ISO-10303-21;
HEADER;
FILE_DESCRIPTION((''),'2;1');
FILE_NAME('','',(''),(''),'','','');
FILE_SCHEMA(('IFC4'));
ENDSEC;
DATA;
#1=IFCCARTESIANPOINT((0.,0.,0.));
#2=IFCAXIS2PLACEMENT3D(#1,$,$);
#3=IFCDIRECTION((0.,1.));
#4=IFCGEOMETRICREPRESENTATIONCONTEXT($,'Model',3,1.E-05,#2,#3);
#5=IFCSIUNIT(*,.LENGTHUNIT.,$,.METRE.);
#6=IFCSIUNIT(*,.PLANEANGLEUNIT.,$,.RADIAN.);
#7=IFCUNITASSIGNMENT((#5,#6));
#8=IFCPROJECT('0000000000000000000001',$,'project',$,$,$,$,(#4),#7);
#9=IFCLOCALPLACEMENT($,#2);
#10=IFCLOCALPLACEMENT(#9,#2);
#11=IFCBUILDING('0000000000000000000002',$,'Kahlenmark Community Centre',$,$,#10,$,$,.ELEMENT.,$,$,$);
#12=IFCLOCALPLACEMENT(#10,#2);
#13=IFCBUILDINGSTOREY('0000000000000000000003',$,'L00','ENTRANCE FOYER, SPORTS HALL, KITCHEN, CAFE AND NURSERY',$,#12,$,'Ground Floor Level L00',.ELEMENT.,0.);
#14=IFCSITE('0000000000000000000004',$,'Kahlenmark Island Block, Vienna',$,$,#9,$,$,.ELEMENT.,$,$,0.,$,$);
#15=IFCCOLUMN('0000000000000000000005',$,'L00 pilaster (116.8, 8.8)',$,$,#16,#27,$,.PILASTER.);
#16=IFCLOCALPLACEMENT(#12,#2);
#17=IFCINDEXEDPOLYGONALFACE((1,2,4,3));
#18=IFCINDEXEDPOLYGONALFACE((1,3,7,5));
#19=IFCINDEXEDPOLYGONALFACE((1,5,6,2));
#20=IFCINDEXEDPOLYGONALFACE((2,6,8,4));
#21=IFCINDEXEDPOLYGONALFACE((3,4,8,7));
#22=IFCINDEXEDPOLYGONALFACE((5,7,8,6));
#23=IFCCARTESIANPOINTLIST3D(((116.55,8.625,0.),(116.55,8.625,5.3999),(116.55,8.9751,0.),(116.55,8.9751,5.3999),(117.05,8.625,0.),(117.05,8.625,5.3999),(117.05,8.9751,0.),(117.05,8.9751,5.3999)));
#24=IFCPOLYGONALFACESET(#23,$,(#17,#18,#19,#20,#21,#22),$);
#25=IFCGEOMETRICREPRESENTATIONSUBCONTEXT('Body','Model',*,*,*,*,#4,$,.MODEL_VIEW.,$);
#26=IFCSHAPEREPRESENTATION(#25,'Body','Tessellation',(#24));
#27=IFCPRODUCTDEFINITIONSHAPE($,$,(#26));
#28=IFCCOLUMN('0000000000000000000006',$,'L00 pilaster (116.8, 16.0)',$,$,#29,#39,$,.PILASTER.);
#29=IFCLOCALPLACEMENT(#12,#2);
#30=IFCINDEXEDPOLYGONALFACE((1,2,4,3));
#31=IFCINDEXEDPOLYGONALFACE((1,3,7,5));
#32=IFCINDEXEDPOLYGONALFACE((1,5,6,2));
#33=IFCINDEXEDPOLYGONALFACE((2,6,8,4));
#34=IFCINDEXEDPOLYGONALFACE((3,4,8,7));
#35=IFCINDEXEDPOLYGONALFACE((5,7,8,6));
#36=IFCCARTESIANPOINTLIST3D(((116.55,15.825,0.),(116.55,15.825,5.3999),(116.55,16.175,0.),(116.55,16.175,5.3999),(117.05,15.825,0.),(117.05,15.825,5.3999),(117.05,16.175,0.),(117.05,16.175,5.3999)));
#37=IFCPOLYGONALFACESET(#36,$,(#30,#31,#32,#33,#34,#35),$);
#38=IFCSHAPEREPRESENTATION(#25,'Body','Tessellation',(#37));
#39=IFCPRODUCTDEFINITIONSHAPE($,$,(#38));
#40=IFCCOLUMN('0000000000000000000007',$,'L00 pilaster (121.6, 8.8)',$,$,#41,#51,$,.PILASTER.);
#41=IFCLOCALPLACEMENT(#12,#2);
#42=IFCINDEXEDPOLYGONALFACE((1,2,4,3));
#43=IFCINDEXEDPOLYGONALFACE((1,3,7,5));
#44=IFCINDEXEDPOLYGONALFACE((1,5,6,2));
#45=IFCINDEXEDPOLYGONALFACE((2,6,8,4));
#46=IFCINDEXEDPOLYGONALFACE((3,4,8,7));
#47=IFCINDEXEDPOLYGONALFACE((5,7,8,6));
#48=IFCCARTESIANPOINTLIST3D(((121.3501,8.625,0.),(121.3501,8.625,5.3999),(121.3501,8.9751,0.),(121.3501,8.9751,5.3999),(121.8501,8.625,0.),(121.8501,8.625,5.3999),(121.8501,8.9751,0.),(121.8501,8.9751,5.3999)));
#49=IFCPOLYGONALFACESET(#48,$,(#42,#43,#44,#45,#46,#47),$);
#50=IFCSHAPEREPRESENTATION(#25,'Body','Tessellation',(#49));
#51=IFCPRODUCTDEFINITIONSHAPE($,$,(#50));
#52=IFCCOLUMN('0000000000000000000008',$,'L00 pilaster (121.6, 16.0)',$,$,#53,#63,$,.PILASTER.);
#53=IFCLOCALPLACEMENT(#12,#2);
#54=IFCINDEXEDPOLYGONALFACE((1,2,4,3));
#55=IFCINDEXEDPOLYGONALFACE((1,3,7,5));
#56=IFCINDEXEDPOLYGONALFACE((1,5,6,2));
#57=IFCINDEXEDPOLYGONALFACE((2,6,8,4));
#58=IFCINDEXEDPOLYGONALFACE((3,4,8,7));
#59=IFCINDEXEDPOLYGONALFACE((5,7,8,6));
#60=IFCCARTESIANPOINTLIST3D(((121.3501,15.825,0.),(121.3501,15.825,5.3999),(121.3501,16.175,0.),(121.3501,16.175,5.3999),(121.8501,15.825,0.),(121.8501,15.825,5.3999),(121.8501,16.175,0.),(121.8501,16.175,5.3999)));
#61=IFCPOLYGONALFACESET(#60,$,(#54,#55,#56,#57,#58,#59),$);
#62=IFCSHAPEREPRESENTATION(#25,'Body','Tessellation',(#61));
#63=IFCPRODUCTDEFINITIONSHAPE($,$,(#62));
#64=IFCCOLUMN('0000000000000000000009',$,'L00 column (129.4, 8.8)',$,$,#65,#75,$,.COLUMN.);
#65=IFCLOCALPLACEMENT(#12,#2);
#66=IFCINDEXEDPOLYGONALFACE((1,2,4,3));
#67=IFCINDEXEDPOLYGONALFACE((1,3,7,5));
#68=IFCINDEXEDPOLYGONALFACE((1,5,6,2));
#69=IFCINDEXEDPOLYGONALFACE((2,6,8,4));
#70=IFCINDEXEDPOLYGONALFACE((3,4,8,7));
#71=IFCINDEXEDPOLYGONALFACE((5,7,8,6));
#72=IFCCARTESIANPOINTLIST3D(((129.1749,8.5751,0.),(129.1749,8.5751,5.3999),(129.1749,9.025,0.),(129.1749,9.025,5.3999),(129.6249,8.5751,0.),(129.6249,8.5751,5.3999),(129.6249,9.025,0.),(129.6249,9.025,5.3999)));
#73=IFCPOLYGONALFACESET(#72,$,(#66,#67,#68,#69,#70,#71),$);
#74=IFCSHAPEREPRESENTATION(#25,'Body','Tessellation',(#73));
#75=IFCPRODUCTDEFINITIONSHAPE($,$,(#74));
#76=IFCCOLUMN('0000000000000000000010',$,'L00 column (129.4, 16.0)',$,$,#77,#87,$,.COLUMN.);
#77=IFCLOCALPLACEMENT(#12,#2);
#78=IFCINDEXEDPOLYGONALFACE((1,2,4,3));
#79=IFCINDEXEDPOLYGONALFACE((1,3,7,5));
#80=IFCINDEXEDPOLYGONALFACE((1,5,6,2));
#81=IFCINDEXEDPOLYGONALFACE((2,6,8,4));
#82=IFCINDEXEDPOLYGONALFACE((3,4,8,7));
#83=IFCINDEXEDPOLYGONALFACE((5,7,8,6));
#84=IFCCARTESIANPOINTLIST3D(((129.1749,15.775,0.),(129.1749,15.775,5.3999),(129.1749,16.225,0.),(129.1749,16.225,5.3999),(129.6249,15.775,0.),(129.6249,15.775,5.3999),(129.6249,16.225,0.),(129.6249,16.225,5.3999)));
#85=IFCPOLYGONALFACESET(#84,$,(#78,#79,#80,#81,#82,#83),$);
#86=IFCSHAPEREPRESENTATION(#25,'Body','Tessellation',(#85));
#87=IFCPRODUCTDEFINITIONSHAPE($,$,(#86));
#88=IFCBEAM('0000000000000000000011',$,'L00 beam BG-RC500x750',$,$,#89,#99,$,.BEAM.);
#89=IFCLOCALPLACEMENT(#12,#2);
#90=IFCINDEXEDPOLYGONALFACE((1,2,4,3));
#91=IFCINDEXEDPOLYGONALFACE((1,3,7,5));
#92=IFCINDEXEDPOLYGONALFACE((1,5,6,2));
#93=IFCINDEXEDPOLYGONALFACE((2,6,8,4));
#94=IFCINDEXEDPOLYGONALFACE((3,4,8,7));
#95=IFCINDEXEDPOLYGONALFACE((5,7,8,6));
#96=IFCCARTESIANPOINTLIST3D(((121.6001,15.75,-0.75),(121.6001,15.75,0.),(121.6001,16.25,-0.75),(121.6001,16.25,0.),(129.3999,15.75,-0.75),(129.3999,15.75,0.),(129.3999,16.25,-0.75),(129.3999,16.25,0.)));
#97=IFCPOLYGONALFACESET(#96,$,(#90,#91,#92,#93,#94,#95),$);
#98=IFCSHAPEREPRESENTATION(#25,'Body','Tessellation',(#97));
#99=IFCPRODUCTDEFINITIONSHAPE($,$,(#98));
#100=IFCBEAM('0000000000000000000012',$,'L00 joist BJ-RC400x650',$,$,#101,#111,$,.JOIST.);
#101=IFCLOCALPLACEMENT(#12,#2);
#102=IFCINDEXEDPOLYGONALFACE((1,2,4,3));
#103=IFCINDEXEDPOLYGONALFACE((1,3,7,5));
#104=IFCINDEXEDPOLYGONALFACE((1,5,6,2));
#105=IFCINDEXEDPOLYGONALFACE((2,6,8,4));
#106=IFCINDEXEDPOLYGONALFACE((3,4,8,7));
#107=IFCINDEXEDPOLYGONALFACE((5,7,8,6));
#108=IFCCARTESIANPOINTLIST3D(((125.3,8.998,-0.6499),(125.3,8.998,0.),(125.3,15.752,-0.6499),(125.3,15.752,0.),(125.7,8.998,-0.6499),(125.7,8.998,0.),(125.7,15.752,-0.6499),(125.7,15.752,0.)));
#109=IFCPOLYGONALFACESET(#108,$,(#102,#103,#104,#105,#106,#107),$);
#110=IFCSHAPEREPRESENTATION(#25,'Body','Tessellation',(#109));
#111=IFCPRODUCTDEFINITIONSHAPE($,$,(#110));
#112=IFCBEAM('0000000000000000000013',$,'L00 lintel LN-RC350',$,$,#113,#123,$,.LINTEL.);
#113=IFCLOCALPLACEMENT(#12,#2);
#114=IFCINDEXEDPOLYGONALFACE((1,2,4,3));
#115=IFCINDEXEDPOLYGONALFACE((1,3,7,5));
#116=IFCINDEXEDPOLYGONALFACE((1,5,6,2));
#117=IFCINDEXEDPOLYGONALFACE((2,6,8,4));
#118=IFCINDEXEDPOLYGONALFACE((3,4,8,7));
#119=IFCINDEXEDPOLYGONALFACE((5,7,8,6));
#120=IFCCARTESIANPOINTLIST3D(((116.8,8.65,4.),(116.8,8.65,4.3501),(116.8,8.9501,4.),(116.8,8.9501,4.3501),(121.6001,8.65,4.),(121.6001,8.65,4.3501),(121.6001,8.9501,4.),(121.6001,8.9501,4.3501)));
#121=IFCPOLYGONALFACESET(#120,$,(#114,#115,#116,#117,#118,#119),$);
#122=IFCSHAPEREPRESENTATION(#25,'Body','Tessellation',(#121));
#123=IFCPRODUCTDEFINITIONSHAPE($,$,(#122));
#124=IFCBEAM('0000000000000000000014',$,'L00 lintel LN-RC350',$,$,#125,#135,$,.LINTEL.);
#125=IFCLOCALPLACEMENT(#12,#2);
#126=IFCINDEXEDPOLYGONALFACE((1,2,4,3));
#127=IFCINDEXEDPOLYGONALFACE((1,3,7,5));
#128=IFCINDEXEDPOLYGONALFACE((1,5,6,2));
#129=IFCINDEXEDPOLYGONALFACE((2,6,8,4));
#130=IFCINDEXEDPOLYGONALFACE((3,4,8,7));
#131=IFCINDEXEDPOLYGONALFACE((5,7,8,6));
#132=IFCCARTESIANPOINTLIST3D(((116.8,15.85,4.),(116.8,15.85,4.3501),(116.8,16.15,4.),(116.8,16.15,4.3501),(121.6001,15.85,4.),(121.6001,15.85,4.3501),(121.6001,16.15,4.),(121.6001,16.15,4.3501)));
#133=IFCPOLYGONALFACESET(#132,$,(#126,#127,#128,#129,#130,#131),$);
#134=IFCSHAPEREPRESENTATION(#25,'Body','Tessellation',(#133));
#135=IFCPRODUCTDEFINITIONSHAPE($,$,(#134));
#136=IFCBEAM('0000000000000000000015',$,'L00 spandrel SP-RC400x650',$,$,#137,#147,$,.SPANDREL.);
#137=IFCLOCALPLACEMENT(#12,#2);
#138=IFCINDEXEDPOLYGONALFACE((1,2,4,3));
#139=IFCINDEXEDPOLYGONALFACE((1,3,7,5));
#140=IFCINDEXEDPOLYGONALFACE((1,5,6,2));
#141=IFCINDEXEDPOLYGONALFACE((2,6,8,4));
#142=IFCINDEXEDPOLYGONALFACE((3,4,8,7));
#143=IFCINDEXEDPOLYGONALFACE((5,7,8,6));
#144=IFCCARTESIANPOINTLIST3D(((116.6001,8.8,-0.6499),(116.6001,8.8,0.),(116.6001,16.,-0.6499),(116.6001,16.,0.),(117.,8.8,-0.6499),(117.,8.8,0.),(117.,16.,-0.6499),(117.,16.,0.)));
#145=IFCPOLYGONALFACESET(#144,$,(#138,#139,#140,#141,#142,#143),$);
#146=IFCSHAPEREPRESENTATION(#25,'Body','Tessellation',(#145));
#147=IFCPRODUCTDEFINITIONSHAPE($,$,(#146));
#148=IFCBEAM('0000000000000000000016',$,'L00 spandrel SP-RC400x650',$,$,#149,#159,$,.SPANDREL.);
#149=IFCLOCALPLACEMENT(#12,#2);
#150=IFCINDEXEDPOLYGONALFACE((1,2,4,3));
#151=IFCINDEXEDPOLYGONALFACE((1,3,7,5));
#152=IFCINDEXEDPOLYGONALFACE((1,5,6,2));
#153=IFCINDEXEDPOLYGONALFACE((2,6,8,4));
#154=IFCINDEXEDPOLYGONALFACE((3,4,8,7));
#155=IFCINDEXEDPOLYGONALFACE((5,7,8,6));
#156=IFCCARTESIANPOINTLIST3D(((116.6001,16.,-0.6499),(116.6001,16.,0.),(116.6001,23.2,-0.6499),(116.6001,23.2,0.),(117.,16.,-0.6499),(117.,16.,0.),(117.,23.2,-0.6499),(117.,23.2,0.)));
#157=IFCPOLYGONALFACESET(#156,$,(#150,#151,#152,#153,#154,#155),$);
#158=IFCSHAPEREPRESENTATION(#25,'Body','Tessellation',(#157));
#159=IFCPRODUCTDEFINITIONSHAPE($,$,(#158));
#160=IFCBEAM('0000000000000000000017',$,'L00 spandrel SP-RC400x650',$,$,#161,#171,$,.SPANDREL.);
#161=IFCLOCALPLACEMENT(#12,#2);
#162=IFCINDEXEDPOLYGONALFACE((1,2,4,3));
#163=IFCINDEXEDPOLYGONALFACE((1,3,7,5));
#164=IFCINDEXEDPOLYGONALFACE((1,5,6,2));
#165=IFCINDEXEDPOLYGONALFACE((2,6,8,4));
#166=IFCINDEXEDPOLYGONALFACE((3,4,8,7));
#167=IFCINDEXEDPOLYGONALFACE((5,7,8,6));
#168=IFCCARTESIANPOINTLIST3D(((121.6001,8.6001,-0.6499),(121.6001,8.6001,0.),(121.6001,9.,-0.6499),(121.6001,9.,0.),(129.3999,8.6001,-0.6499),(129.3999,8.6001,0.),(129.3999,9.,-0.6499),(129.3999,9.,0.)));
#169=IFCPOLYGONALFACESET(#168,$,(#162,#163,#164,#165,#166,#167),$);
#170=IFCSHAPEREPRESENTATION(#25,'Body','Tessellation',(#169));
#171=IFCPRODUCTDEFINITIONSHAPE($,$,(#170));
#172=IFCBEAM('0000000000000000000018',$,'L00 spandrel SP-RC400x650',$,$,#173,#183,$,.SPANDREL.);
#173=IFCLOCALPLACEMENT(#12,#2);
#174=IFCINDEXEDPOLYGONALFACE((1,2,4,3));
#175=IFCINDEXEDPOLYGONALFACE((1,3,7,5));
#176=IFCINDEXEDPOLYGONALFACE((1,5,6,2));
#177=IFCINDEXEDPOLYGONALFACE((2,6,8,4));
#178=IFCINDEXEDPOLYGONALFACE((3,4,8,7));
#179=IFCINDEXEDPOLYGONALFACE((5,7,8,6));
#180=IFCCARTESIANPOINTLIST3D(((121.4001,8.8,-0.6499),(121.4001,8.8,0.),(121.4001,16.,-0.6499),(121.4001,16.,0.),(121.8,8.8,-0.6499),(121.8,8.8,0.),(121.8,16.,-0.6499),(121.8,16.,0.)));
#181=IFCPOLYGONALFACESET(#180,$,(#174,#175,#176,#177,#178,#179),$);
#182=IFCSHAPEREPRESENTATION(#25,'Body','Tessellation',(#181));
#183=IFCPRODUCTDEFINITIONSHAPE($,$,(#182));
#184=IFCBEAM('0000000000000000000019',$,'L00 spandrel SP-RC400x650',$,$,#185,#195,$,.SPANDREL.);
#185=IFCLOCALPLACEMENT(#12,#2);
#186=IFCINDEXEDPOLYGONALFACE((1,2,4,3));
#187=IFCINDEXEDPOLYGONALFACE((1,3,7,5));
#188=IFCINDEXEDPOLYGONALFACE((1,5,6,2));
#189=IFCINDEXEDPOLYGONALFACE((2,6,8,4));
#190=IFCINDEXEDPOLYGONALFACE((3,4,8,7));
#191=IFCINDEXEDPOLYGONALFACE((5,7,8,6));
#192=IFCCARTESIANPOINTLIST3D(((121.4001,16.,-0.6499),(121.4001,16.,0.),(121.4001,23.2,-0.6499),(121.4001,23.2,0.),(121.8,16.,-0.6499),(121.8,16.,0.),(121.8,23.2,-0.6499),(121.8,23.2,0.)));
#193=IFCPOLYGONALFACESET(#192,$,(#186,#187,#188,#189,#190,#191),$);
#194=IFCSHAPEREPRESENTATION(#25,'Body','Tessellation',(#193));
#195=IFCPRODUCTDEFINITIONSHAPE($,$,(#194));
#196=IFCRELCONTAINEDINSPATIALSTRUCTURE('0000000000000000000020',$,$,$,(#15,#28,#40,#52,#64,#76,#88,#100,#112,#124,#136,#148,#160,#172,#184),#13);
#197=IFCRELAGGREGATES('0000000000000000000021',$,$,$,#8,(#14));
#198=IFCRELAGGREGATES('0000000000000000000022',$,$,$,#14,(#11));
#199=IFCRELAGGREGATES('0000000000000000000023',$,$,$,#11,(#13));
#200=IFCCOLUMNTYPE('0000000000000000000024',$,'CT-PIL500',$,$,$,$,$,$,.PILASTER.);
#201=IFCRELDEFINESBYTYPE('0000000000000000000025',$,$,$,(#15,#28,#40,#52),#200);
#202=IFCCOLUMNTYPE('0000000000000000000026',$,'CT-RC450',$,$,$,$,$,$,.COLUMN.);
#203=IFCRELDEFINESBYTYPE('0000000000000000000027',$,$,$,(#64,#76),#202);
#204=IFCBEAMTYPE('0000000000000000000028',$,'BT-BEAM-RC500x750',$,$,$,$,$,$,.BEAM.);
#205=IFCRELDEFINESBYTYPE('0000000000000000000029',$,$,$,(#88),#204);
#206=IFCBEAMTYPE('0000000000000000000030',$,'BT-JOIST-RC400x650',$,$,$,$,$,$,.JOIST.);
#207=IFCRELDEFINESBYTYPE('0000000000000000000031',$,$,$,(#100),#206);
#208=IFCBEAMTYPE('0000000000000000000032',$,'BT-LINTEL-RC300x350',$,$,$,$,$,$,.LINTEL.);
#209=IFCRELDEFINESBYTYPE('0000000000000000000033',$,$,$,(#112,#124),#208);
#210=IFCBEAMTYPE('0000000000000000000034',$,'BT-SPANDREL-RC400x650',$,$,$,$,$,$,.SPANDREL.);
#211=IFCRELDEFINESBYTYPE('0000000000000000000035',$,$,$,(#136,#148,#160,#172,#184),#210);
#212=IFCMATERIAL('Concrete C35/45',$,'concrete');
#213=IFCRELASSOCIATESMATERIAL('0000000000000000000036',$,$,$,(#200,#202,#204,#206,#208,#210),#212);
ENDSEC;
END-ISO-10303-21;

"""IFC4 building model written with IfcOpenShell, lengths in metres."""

from ifc_helpers import new_model, si_unit, direction, frame, origin, origin_2d, place, context, subcontext, project, spatial, rectangle, extrude, material, material_profile, profile_set, type_object, element, save


model = new_model("IFC4")

# Units and contexts
model_context = context("Model", 3, precision=1e-05, world=origin(), true_north=direction((0.0, 1.0)))
body_context = subcontext(model_context, "Body", "Model", "MODEL_VIEW")
ifc_project = project(units=[si_unit("LENGTHUNIT", "METRE"), si_unit("PLANEANGLEUNIT", "RADIAN")], contexts=[model_context])

# Site, building, storey
site_placement = place(None, origin())
site = spatial("IfcSite", under=ifc_project, at=site_placement, Name="Kahlenmark Island Block, Vienna", CompositionType="ELEMENT", RefElevation=0.0)
building_placement = place(site_placement, origin())
building = spatial("IfcBuilding", under=site, at=building_placement, Name="Kahlenmark Community Centre", CompositionType="ELEMENT")
storey_placement = place(building_placement, origin())
storey = spatial("IfcBuildingStorey", under=building, at=storey_placement, Name="L00", Description="ENTRANCE FOYER, SPORTS HALL, KITCHEN, CAFE AND NURSERY", LongName="Ground Floor Level L00", CompositionType="ELEMENT", Elevation=0.0)

# Columns
ifc_material_1 = material(Name="Concrete C35/45", Category="concrete")
ifc_material_profile_1 = material_profile(ifc_material_1, rectangle(XDim=0.5, YDim=0.3501, at=origin_2d()), Name="RC 500x350")
ifc_profile_set_1 = profile_set([ifc_material_profile_1], Name="Concrete C35/45")
column_type_1 = type_object("IfcColumnType", Name="CT-PIL500", PredefinedType="PILASTER", material=ifc_profile_set_1)
for number, where, z_axis, x_axis, name in (
    (1, (116.8, 8.8, 0.0), (0.0, 0.0, 1.0), (1.0, 0.0, 0.0), "L00 pilaster (116.8, 8.8)"),
    (2, (116.8, 16.0, 0.0), (0.0, 0.0, 1.0), (1.0, 0.0, 0.0), "L00 pilaster (116.8, 16.0)"),
    (3, (121.6001, 8.8, 0.0), (0.0, 0.0, 1.0), (1.0, 0.0, 0.0), "L00 pilaster (121.6, 8.8)"),
    (4, (121.6001, 16.0, 0.0), (0.0, 0.0, 1.0), (1.0, 0.0, 0.0), "L00 pilaster (121.6, 16.0)"),
):
    element("IfcColumn", number, at=place(storey_placement, frame(where, z_axis=z_axis, x_axis=x_axis)), inside=storey, type_object=column_type_1, Name=name, PredefinedType="PILASTER", context=body_context, shape_type="SweptSolid", body=[
        extrude(rectangle(XDim=0.5, YDim=0.3501, at=origin_2d()), origin(), (0.0, 0.0, 1.0), 5.3999),
    ])
ifc_material_profile_2 = material_profile(ifc_material_1, rectangle(XDim=0.45, YDim=0.45, at=origin_2d()), Name="RC 450x450")
ifc_profile_set_2 = profile_set([ifc_material_profile_2], Name="Concrete C35/45")
column_type_2 = type_object("IfcColumnType", Name="CT-RC450", PredefinedType="COLUMN", material=ifc_profile_set_2)
for number, where, z_axis, x_axis, name in (
    (5, (129.3999, 8.8, 0.0), (0.0, 0.0, 1.0), (1.0, 0.0, 0.0), "L00 column (129.4, 8.8)"),
    (6, (129.3999, 16.0, 0.0), (0.0, 0.0, 1.0), (1.0, 0.0, 0.0), "L00 column (129.4, 16.0)"),
):
    element("IfcColumn", number, at=place(storey_placement, frame(where, z_axis=z_axis, x_axis=x_axis)), inside=storey, type_object=column_type_2, Name=name, PredefinedType="COLUMN", context=body_context, shape_type="SweptSolid", body=[
        extrude(rectangle(XDim=0.45, YDim=0.45, at=origin_2d()), origin(), (0.0, 0.0, 1.0), 5.3999),
    ])

# Beams
ifc_material_profile_3 = material_profile(ifc_material_1, rectangle(XDim=0.5, YDim=0.75, at=origin_2d()), Name="RC 500x750")
ifc_profile_set_3 = profile_set([ifc_material_profile_3], Name="Concrete C35/45")
beam_type_1 = type_object("IfcBeamType", Name="BT-BEAM-RC500x750", PredefinedType="BEAM", material=ifc_profile_set_3)
beam_1_placement = place(storey_placement, frame((121.6001, 16.0, -0.375), z_axis=(1.0, 0.0, 0.0), x_axis=(0.0, 1.0, 0.0)))
element("IfcBeam", 7, at=beam_1_placement, inside=storey, type_object=beam_type_1, Name="L00 beam BG-RC500x750", PredefinedType="BEAM", context=body_context, shape_type="SweptSolid", body=[
    extrude(rectangle(XDim=0.5, YDim=0.75, at=origin_2d()), origin(), (0.0, 0.0, 1.0), 7.7998),
])
ifc_material_profile_4 = material_profile(ifc_material_1, rectangle(XDim=0.3999, YDim=0.6499, at=origin_2d()), Name="RC 400x650")
ifc_profile_set_4 = profile_set([ifc_material_profile_4], Name="Concrete C35/45")
beam_type_2 = type_object("IfcBeamType", Name="BT-JOIST-RC400x650", PredefinedType="JOIST", material=ifc_profile_set_4)
beam_2_placement = place(storey_placement, frame((125.5, 8.998, -0.325), z_axis=(0.0, 1.0, 0.0), x_axis=(-1.0, 0.0, 0.0)))
element("IfcBeam", 8, at=beam_2_placement, inside=storey, type_object=beam_type_2, Name="L00 joist BJ-RC400x650", PredefinedType="JOIST", context=body_context, shape_type="SweptSolid", body=[
    extrude(rectangle(XDim=0.3999, YDim=0.6499, at=origin_2d()), origin(), (0.0, 0.0, 1.0), 6.7539),
])
ifc_material_profile_5 = material_profile(ifc_material_1, rectangle(XDim=0.3, YDim=0.3501, at=origin_2d()), Name="RC 300x350")
ifc_profile_set_5 = profile_set([ifc_material_profile_5], Name="Concrete C35/45")
beam_type_3 = type_object("IfcBeamType", Name="BT-LINTEL-RC300x350", PredefinedType="LINTEL", material=ifc_profile_set_5)
for number, where, z_axis, x_axis, name in (
    (9, (116.8, 8.8, 4.175), (1.0, 0.0, 0.0), (0.0, 1.0, 0.0), "L00 lintel LN-RC350"),
    (10, (116.8, 16.0, 4.175), (1.0, 0.0, 0.0), (0.0, 1.0, 0.0), "L00 lintel LN-RC350"),
):
    element("IfcBeam", number, at=place(storey_placement, frame(where, z_axis=z_axis, x_axis=x_axis)), inside=storey, type_object=beam_type_3, Name=name, PredefinedType="LINTEL", context=body_context, shape_type="SweptSolid", body=[
        extrude(rectangle(XDim=0.3, YDim=0.3501, at=origin_2d()), origin(), (0.0, 0.0, 1.0), 4.8),
    ])
ifc_material_profile_6 = material_profile(ifc_material_1, rectangle(XDim=0.3999, YDim=0.6499, at=origin_2d()), Name="RC 400x650")
ifc_profile_set_6 = profile_set([ifc_material_profile_6], Name="Concrete C35/45")
beam_type_4 = type_object("IfcBeamType", Name="BT-SPANDREL-RC400x650", PredefinedType="SPANDREL", material=ifc_profile_set_6)
for number, where, z_axis, x_axis, name in (
    (11, (116.8, 8.8, -0.325), (0.0, 1.0, 0.0), (-1.0, 0.0, 0.0), "L00 spandrel SP-RC400x650"),
    (12, (116.8, 16.0, -0.325), (0.0, 1.0, 0.0), (-1.0, 0.0, 0.0), "L00 spandrel SP-RC400x650"),
):
    element("IfcBeam", number, at=place(storey_placement, frame(where, z_axis=z_axis, x_axis=x_axis)), inside=storey, type_object=beam_type_4, Name=name, PredefinedType="SPANDREL", context=body_context, shape_type="SweptSolid", body=[
        extrude(rectangle(XDim=0.3999, YDim=0.6499, at=origin_2d()), origin(), (0.0, 0.0, 1.0), 7.2),
    ])
beam_3_placement = place(storey_placement, frame((121.6001, 8.8, -0.325), z_axis=(1.0, 0.0, 0.0), x_axis=(0.0, 1.0, 0.0)))
element("IfcBeam", 13, at=beam_3_placement, inside=storey, type_object=beam_type_4, Name="L00 spandrel SP-RC400x650", PredefinedType="SPANDREL", context=body_context, shape_type="SweptSolid", body=[
    extrude(rectangle(XDim=0.3999, YDim=0.6499, at=origin_2d()), origin(), (0.0, 0.0, 1.0), 7.7998),
])
for number, where, z_axis, x_axis, name in (
    (14, (121.6001, 8.8, -0.325), (0.0, 1.0, 0.0), (-1.0, 0.0, 0.0), "L00 spandrel SP-RC400x650"),
    (15, (121.6001, 16.0, -0.325), (0.0, 1.0, 0.0), (-1.0, 0.0, 0.0), "L00 spandrel SP-RC400x650"),
):
    element("IfcBeam", number, at=place(storey_placement, frame(where, z_axis=z_axis, x_axis=x_axis)), inside=storey, type_object=beam_type_4, Name=name, PredefinedType="SPANDREL", context=body_context, shape_type="SweptSolid", body=[
        extrude(rectangle(XDim=0.3999, YDim=0.6499, at=origin_2d()), origin(), (0.0, 0.0, 1.0), 7.2),
    ])

save(model, "model.ifc")
